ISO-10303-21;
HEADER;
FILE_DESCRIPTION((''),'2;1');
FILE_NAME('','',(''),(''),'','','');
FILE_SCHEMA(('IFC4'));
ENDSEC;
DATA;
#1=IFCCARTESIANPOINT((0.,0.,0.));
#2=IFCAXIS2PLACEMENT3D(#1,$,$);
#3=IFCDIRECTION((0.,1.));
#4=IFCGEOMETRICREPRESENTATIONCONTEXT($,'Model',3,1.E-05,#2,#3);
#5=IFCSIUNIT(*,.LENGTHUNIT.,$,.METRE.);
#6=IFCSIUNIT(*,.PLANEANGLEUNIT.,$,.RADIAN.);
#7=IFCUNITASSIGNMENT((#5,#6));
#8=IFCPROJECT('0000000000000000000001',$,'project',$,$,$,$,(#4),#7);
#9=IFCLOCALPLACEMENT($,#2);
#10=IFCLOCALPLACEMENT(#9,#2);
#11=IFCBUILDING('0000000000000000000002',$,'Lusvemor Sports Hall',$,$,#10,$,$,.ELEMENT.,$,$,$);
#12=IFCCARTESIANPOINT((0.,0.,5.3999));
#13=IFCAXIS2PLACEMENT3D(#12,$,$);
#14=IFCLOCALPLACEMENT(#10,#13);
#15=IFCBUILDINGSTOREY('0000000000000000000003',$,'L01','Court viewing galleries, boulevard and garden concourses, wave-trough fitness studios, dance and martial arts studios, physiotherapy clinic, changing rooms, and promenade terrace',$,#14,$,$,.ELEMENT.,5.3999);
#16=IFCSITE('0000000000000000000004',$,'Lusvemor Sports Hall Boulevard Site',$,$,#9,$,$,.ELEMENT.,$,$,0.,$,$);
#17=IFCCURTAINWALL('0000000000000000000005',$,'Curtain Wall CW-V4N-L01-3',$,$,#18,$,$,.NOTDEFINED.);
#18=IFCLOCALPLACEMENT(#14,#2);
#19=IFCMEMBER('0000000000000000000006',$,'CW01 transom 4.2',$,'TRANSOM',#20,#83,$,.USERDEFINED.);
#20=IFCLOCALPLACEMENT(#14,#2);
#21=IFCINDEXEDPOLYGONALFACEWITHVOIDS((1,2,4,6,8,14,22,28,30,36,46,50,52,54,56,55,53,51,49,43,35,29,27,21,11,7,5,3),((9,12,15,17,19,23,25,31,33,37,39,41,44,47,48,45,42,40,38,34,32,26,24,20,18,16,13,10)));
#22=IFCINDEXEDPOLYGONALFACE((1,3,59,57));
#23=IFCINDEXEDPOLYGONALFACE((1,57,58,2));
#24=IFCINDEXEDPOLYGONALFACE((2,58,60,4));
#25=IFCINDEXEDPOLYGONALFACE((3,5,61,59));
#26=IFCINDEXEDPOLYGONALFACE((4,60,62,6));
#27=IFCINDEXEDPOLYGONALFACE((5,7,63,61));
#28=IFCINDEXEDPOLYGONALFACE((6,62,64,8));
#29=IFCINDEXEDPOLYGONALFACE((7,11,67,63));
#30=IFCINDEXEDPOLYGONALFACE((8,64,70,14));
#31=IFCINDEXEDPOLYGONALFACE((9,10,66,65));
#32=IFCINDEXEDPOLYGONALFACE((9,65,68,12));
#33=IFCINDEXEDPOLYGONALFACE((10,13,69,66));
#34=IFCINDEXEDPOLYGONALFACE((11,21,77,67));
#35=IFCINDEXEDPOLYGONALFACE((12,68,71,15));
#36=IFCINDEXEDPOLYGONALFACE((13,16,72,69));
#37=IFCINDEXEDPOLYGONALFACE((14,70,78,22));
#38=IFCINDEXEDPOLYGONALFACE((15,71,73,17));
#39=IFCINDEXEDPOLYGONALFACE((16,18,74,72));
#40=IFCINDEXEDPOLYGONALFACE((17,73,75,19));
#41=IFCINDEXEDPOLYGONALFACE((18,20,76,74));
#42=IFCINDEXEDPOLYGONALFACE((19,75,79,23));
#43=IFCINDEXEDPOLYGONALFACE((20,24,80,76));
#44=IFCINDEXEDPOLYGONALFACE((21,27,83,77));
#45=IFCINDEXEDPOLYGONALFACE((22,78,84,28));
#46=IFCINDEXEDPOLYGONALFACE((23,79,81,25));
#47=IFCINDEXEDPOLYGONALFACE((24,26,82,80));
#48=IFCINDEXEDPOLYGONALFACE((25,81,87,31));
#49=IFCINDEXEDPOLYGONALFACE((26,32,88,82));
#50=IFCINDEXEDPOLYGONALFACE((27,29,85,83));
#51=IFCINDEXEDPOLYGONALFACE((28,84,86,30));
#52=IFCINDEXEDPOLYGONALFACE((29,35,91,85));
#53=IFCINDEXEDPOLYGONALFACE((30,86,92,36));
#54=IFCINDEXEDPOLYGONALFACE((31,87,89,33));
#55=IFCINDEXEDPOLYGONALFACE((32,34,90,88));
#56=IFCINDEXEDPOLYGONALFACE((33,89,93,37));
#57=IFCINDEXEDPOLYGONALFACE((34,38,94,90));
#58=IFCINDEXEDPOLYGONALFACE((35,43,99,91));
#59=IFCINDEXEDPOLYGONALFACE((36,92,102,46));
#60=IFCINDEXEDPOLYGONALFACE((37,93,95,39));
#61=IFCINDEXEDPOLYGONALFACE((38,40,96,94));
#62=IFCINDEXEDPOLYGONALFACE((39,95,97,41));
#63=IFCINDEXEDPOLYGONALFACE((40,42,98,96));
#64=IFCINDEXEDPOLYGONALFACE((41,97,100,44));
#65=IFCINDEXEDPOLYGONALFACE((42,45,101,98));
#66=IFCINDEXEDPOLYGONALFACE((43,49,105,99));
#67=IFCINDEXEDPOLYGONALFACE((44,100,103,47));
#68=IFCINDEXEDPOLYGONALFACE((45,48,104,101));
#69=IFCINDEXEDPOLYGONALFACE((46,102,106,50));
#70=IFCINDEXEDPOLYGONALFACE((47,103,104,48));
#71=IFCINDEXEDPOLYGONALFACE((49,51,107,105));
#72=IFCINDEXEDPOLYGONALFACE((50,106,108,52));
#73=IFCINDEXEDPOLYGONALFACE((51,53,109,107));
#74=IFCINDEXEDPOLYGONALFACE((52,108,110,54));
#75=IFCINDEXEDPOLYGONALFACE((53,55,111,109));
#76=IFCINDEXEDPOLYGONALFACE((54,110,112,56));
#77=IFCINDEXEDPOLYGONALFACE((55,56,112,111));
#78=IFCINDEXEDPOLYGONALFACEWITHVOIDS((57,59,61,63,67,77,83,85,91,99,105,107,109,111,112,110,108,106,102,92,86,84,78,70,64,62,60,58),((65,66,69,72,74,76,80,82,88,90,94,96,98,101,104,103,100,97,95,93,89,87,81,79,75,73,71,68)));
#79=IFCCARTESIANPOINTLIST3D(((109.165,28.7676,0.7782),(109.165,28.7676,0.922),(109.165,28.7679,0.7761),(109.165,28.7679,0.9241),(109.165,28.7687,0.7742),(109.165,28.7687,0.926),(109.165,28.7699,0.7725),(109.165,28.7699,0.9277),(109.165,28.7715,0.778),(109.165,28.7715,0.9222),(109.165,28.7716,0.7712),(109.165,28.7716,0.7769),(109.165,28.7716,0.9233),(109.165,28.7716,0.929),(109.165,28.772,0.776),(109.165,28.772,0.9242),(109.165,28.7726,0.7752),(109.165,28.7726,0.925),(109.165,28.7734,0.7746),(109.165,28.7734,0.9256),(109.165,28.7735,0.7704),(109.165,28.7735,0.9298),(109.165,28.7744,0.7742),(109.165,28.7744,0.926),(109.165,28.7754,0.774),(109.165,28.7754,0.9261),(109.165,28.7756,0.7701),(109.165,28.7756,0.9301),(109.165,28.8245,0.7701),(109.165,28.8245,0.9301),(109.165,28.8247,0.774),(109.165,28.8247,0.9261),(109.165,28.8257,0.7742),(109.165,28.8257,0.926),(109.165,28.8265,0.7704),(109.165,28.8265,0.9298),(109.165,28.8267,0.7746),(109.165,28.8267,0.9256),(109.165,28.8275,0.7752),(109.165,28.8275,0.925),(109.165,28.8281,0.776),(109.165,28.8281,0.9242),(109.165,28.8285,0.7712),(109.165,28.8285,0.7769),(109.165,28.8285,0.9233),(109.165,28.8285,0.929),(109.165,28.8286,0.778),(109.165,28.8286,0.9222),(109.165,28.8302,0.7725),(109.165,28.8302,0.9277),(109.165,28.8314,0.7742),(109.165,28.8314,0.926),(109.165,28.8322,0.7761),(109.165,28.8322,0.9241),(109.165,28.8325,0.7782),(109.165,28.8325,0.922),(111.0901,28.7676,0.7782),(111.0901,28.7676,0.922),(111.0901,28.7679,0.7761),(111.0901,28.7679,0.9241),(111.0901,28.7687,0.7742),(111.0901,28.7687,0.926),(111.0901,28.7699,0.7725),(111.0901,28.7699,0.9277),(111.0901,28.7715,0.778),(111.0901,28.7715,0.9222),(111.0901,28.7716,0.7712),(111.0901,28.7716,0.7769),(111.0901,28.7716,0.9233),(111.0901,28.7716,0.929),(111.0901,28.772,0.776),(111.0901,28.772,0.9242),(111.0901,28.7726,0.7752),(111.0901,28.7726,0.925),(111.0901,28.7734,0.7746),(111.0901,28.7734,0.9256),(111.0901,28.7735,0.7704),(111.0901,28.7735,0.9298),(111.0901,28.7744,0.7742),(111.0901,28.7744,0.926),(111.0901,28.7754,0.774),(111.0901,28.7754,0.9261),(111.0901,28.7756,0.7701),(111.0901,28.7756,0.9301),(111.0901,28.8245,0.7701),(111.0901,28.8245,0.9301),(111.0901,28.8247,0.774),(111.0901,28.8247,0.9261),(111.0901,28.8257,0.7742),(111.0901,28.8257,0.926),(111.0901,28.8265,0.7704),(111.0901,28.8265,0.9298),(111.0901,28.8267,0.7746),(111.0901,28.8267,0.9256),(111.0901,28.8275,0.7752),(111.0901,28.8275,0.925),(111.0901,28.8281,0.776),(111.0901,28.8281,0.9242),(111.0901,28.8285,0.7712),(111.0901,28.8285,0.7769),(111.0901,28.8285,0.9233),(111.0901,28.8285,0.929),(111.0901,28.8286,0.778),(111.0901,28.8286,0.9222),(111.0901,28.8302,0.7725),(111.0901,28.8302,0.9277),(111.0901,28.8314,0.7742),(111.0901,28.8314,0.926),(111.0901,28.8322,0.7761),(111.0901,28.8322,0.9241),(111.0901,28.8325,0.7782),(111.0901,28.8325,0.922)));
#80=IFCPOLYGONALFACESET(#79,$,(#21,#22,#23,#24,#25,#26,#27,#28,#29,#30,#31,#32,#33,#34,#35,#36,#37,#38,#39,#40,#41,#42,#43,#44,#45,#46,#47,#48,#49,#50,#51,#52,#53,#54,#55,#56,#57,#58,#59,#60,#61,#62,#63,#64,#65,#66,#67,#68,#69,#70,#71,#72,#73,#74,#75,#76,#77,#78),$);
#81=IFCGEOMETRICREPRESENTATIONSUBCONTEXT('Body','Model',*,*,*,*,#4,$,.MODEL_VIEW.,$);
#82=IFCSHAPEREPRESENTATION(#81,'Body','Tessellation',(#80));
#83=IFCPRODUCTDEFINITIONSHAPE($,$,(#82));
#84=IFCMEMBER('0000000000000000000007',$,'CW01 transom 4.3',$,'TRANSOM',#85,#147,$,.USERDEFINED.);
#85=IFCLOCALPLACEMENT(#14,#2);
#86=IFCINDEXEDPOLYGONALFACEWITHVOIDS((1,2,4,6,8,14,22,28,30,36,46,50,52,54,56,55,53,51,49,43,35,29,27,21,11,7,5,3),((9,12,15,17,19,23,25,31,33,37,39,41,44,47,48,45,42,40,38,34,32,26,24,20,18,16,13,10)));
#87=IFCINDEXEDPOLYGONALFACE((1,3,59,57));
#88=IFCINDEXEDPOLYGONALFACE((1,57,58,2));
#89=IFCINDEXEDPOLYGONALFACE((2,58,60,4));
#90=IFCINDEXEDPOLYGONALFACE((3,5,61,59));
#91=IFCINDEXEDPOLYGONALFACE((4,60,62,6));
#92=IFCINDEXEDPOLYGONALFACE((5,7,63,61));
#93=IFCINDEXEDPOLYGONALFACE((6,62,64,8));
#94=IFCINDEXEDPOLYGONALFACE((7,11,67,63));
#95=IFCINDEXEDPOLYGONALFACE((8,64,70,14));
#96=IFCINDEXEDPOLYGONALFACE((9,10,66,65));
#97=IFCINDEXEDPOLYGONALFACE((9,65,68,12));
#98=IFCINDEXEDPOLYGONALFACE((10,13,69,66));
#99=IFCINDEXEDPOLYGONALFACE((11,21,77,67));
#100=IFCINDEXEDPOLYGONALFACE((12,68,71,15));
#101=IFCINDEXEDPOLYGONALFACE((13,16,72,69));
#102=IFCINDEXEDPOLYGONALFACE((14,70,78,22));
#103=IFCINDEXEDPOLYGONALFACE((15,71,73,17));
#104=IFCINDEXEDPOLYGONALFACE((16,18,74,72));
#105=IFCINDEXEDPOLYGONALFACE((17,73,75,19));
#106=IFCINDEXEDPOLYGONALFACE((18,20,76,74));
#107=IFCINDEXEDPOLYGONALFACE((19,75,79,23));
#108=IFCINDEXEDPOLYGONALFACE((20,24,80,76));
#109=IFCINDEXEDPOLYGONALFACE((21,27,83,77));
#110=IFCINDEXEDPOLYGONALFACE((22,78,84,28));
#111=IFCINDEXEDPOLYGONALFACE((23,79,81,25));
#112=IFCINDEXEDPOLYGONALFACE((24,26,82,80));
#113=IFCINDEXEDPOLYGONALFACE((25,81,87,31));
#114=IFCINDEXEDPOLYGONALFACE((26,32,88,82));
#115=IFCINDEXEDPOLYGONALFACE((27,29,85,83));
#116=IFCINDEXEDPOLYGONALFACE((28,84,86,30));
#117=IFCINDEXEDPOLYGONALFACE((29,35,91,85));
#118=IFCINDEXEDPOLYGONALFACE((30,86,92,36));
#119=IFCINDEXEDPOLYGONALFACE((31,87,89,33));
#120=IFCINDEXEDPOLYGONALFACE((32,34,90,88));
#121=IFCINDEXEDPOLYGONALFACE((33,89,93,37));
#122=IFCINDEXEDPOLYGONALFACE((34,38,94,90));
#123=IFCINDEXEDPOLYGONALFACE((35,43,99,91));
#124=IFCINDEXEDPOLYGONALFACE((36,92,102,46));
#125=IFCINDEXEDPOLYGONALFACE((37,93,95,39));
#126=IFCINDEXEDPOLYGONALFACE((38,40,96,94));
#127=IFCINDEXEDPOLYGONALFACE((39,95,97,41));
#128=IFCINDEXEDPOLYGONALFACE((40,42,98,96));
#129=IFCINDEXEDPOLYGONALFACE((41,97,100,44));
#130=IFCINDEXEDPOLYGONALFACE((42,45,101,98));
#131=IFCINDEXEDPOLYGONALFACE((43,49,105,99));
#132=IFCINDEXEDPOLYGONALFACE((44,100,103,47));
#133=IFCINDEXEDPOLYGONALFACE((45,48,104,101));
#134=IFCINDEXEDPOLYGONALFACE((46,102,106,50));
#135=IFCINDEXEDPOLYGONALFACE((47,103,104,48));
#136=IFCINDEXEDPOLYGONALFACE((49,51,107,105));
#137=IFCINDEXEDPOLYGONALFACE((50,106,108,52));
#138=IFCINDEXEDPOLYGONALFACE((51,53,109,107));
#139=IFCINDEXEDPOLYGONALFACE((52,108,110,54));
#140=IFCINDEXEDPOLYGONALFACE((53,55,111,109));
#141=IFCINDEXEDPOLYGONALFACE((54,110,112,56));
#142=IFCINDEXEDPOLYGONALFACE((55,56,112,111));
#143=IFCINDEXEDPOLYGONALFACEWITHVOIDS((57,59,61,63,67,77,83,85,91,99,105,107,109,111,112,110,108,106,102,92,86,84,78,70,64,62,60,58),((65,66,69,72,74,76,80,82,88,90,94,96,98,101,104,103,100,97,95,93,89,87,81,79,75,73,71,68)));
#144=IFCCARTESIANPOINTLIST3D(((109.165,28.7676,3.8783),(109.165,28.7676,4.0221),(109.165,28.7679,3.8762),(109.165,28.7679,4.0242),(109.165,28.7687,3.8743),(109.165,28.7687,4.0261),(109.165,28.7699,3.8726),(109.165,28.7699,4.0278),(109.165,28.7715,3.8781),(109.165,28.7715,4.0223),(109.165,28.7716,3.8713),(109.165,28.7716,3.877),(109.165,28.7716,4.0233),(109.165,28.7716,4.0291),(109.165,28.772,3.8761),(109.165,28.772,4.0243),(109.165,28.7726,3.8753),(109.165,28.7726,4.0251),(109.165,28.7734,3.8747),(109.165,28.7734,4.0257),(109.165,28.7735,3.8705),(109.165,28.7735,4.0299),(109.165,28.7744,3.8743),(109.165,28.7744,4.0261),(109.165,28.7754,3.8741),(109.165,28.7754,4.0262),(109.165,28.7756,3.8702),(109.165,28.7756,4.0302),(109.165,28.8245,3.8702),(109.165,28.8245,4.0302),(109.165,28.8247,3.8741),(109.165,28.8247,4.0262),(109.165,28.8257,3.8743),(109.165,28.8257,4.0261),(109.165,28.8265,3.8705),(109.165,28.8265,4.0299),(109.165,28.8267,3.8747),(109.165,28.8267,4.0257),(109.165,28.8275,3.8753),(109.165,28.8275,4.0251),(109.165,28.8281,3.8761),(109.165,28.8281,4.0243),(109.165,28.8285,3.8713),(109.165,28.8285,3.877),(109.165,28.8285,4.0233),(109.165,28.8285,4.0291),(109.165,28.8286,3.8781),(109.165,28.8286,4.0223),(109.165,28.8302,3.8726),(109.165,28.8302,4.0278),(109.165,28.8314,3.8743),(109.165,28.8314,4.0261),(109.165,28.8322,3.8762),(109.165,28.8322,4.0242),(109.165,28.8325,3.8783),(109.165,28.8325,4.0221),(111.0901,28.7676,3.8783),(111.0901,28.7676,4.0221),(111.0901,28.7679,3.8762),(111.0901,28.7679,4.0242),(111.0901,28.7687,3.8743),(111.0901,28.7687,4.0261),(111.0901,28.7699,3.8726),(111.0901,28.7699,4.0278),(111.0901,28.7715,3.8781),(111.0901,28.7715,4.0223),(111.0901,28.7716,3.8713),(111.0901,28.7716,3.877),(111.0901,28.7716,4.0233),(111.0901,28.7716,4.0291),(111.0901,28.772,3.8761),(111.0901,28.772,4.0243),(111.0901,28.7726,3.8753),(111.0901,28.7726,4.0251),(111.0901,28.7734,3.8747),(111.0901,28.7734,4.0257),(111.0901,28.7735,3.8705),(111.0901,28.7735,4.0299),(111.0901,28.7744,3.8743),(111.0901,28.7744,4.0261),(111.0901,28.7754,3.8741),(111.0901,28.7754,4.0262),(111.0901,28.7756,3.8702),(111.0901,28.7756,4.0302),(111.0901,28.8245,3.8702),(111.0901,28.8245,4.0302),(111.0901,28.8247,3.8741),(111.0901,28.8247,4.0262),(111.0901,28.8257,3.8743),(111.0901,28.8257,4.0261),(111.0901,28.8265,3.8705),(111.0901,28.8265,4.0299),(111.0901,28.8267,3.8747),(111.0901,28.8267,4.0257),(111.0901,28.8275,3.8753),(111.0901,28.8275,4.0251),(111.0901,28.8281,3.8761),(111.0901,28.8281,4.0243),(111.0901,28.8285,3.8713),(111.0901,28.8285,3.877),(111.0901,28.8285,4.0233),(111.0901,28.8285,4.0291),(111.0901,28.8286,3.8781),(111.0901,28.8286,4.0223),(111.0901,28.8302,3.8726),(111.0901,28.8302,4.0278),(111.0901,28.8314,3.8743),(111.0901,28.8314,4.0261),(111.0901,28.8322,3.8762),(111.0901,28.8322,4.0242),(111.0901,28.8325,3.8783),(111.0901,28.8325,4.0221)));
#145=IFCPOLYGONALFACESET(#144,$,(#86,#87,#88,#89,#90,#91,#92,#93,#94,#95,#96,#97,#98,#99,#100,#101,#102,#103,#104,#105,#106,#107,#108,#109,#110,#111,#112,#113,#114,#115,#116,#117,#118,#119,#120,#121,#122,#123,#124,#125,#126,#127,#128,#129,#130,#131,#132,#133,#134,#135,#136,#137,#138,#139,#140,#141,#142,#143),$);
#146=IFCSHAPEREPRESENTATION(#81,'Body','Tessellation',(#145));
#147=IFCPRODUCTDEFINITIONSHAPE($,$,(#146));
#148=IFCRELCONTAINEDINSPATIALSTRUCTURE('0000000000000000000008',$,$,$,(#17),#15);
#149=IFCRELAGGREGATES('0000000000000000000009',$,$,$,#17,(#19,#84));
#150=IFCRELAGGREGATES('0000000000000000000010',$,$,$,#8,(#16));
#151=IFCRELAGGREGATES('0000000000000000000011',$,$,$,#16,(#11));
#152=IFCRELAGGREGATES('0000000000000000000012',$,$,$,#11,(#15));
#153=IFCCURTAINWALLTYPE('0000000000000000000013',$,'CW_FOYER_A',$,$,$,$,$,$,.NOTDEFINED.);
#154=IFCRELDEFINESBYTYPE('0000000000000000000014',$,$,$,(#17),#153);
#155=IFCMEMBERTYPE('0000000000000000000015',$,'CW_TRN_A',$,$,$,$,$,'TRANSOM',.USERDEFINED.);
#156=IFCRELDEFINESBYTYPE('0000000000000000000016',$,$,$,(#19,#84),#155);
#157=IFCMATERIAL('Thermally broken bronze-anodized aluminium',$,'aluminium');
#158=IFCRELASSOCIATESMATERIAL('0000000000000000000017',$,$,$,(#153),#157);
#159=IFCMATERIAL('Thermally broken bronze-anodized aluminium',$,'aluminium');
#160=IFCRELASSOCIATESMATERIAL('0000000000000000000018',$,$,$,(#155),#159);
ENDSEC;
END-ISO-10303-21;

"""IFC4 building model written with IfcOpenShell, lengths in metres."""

from ifc_helpers import new_model, si_unit, direction, frame, origin, origin_2d, place, context, subcontext, project, spatial, hollow_rectangle, extrude, material, material_profile, profile_set, type_object, element, aggregate, save


model = new_model("IFC4")

# Units and contexts
model_context = context("Model", 3, precision=1e-05, world=origin(), true_north=direction((0.0, 1.0)))
body_context = subcontext(model_context, "Body", "Model", "MODEL_VIEW")
ifc_project = project(units=[si_unit("LENGTHUNIT", "METRE"), si_unit("PLANEANGLEUNIT", "RADIAN")], contexts=[model_context])

# Site, building, storey
site_placement = place(None, origin())
site = spatial("IfcSite", under=ifc_project, at=site_placement, Name="Lusvemor Sports Hall Boulevard Site", CompositionType="ELEMENT", RefElevation=0.0)
building_placement = place(site_placement, origin())
building = spatial("IfcBuilding", under=site, at=building_placement, Name="Lusvemor Sports Hall", CompositionType="ELEMENT")
storey_placement = place(building_placement, frame((0.0, 0.0, 5.3999)))
storey = spatial("IfcBuildingStorey", under=building, at=storey_placement, Name="L01", Description="Court viewing galleries, boulevard and garden concourses, wave-trough fitness studios, dance and martial arts studios, physiotherapy clinic, changing rooms, and promenade terrace", CompositionType="ELEMENT", Elevation=5.3999)

# Curtain wall
ifc_material_1 = material(Name="Thermally broken bronze-anodized aluminium", Category="aluminium")
curtain_wall_type = type_object("IfcCurtainWallType", Name="CW_FOYER_A", PredefinedType="NOTDEFINED", material=ifc_material_1)
curtain_wall_1_placement = place(storey_placement, origin())
curtain_wall_1 = element("IfcCurtainWall", 1, at=curtain_wall_1_placement, inside=storey, type_object=curtain_wall_type, Name="Curtain Wall CW-V4N-L01-3", PredefinedType="NOTDEFINED")

# Members
ifc_material_2 = material(Name="Thermally broken bronze-anodized aluminium", Category="aluminium")
ifc_material_profile_1 = material_profile(ifc_material_2, hollow_rectangle(XDim=0.0649, YDim=0.1599, WallThickness=0.0039, InnerFilletRadius=0.0039, OuterFilletRadius=0.0081, at=origin_2d()), Name="CWTRN160x65x4")
ifc_profile_set_1 = profile_set([ifc_material_profile_1], Name="Thermally broken bronze-anodized aluminium")
member_type_1 = type_object("IfcMemberType", Name="CW_TRN_A", ElementType="TRANSOM", PredefinedType="USERDEFINED", material=ifc_profile_set_1)
member_1_placement = place(storey_placement, frame((109.165, 28.8, 0.8501), z_axis=(1.0, 0.0, 0.0), x_axis=(0.0, 1.0, 0.0)))
member_1 = element("IfcMember", 2, at=member_1_placement, type_object=member_type_1, Name="CW01 transom 4.2", ObjectType="TRANSOM", PredefinedType="USERDEFINED", context=body_context, shape_type="SweptSolid", body=[
    extrude(hollow_rectangle(XDim=0.0649, YDim=0.1599, WallThickness=0.0039, InnerFilletRadius=0.0039, OuterFilletRadius=0.0081, at=origin_2d()), origin(), (0.0, 0.0, 1.0), 1.925),
])
member_2_placement = place(storey_placement, frame((109.165, 28.8, 3.9502), z_axis=(1.0, 0.0, 0.0), x_axis=(0.0, 1.0, 0.0)))
member_2 = element("IfcMember", 3, at=member_2_placement, type_object=member_type_1, Name="CW01 transom 4.3", ObjectType="TRANSOM", PredefinedType="USERDEFINED", context=body_context, shape_type="SweptSolid", body=[
    extrude(hollow_rectangle(XDim=0.0649, YDim=0.1599, WallThickness=0.0039, InnerFilletRadius=0.0039, OuterFilletRadius=0.0081, at=origin_2d()), origin(), (0.0, 0.0, 1.0), 1.925),
])

aggregate(curtain_wall_1, [member_1, member_2])

save(model, "model.ifc")
